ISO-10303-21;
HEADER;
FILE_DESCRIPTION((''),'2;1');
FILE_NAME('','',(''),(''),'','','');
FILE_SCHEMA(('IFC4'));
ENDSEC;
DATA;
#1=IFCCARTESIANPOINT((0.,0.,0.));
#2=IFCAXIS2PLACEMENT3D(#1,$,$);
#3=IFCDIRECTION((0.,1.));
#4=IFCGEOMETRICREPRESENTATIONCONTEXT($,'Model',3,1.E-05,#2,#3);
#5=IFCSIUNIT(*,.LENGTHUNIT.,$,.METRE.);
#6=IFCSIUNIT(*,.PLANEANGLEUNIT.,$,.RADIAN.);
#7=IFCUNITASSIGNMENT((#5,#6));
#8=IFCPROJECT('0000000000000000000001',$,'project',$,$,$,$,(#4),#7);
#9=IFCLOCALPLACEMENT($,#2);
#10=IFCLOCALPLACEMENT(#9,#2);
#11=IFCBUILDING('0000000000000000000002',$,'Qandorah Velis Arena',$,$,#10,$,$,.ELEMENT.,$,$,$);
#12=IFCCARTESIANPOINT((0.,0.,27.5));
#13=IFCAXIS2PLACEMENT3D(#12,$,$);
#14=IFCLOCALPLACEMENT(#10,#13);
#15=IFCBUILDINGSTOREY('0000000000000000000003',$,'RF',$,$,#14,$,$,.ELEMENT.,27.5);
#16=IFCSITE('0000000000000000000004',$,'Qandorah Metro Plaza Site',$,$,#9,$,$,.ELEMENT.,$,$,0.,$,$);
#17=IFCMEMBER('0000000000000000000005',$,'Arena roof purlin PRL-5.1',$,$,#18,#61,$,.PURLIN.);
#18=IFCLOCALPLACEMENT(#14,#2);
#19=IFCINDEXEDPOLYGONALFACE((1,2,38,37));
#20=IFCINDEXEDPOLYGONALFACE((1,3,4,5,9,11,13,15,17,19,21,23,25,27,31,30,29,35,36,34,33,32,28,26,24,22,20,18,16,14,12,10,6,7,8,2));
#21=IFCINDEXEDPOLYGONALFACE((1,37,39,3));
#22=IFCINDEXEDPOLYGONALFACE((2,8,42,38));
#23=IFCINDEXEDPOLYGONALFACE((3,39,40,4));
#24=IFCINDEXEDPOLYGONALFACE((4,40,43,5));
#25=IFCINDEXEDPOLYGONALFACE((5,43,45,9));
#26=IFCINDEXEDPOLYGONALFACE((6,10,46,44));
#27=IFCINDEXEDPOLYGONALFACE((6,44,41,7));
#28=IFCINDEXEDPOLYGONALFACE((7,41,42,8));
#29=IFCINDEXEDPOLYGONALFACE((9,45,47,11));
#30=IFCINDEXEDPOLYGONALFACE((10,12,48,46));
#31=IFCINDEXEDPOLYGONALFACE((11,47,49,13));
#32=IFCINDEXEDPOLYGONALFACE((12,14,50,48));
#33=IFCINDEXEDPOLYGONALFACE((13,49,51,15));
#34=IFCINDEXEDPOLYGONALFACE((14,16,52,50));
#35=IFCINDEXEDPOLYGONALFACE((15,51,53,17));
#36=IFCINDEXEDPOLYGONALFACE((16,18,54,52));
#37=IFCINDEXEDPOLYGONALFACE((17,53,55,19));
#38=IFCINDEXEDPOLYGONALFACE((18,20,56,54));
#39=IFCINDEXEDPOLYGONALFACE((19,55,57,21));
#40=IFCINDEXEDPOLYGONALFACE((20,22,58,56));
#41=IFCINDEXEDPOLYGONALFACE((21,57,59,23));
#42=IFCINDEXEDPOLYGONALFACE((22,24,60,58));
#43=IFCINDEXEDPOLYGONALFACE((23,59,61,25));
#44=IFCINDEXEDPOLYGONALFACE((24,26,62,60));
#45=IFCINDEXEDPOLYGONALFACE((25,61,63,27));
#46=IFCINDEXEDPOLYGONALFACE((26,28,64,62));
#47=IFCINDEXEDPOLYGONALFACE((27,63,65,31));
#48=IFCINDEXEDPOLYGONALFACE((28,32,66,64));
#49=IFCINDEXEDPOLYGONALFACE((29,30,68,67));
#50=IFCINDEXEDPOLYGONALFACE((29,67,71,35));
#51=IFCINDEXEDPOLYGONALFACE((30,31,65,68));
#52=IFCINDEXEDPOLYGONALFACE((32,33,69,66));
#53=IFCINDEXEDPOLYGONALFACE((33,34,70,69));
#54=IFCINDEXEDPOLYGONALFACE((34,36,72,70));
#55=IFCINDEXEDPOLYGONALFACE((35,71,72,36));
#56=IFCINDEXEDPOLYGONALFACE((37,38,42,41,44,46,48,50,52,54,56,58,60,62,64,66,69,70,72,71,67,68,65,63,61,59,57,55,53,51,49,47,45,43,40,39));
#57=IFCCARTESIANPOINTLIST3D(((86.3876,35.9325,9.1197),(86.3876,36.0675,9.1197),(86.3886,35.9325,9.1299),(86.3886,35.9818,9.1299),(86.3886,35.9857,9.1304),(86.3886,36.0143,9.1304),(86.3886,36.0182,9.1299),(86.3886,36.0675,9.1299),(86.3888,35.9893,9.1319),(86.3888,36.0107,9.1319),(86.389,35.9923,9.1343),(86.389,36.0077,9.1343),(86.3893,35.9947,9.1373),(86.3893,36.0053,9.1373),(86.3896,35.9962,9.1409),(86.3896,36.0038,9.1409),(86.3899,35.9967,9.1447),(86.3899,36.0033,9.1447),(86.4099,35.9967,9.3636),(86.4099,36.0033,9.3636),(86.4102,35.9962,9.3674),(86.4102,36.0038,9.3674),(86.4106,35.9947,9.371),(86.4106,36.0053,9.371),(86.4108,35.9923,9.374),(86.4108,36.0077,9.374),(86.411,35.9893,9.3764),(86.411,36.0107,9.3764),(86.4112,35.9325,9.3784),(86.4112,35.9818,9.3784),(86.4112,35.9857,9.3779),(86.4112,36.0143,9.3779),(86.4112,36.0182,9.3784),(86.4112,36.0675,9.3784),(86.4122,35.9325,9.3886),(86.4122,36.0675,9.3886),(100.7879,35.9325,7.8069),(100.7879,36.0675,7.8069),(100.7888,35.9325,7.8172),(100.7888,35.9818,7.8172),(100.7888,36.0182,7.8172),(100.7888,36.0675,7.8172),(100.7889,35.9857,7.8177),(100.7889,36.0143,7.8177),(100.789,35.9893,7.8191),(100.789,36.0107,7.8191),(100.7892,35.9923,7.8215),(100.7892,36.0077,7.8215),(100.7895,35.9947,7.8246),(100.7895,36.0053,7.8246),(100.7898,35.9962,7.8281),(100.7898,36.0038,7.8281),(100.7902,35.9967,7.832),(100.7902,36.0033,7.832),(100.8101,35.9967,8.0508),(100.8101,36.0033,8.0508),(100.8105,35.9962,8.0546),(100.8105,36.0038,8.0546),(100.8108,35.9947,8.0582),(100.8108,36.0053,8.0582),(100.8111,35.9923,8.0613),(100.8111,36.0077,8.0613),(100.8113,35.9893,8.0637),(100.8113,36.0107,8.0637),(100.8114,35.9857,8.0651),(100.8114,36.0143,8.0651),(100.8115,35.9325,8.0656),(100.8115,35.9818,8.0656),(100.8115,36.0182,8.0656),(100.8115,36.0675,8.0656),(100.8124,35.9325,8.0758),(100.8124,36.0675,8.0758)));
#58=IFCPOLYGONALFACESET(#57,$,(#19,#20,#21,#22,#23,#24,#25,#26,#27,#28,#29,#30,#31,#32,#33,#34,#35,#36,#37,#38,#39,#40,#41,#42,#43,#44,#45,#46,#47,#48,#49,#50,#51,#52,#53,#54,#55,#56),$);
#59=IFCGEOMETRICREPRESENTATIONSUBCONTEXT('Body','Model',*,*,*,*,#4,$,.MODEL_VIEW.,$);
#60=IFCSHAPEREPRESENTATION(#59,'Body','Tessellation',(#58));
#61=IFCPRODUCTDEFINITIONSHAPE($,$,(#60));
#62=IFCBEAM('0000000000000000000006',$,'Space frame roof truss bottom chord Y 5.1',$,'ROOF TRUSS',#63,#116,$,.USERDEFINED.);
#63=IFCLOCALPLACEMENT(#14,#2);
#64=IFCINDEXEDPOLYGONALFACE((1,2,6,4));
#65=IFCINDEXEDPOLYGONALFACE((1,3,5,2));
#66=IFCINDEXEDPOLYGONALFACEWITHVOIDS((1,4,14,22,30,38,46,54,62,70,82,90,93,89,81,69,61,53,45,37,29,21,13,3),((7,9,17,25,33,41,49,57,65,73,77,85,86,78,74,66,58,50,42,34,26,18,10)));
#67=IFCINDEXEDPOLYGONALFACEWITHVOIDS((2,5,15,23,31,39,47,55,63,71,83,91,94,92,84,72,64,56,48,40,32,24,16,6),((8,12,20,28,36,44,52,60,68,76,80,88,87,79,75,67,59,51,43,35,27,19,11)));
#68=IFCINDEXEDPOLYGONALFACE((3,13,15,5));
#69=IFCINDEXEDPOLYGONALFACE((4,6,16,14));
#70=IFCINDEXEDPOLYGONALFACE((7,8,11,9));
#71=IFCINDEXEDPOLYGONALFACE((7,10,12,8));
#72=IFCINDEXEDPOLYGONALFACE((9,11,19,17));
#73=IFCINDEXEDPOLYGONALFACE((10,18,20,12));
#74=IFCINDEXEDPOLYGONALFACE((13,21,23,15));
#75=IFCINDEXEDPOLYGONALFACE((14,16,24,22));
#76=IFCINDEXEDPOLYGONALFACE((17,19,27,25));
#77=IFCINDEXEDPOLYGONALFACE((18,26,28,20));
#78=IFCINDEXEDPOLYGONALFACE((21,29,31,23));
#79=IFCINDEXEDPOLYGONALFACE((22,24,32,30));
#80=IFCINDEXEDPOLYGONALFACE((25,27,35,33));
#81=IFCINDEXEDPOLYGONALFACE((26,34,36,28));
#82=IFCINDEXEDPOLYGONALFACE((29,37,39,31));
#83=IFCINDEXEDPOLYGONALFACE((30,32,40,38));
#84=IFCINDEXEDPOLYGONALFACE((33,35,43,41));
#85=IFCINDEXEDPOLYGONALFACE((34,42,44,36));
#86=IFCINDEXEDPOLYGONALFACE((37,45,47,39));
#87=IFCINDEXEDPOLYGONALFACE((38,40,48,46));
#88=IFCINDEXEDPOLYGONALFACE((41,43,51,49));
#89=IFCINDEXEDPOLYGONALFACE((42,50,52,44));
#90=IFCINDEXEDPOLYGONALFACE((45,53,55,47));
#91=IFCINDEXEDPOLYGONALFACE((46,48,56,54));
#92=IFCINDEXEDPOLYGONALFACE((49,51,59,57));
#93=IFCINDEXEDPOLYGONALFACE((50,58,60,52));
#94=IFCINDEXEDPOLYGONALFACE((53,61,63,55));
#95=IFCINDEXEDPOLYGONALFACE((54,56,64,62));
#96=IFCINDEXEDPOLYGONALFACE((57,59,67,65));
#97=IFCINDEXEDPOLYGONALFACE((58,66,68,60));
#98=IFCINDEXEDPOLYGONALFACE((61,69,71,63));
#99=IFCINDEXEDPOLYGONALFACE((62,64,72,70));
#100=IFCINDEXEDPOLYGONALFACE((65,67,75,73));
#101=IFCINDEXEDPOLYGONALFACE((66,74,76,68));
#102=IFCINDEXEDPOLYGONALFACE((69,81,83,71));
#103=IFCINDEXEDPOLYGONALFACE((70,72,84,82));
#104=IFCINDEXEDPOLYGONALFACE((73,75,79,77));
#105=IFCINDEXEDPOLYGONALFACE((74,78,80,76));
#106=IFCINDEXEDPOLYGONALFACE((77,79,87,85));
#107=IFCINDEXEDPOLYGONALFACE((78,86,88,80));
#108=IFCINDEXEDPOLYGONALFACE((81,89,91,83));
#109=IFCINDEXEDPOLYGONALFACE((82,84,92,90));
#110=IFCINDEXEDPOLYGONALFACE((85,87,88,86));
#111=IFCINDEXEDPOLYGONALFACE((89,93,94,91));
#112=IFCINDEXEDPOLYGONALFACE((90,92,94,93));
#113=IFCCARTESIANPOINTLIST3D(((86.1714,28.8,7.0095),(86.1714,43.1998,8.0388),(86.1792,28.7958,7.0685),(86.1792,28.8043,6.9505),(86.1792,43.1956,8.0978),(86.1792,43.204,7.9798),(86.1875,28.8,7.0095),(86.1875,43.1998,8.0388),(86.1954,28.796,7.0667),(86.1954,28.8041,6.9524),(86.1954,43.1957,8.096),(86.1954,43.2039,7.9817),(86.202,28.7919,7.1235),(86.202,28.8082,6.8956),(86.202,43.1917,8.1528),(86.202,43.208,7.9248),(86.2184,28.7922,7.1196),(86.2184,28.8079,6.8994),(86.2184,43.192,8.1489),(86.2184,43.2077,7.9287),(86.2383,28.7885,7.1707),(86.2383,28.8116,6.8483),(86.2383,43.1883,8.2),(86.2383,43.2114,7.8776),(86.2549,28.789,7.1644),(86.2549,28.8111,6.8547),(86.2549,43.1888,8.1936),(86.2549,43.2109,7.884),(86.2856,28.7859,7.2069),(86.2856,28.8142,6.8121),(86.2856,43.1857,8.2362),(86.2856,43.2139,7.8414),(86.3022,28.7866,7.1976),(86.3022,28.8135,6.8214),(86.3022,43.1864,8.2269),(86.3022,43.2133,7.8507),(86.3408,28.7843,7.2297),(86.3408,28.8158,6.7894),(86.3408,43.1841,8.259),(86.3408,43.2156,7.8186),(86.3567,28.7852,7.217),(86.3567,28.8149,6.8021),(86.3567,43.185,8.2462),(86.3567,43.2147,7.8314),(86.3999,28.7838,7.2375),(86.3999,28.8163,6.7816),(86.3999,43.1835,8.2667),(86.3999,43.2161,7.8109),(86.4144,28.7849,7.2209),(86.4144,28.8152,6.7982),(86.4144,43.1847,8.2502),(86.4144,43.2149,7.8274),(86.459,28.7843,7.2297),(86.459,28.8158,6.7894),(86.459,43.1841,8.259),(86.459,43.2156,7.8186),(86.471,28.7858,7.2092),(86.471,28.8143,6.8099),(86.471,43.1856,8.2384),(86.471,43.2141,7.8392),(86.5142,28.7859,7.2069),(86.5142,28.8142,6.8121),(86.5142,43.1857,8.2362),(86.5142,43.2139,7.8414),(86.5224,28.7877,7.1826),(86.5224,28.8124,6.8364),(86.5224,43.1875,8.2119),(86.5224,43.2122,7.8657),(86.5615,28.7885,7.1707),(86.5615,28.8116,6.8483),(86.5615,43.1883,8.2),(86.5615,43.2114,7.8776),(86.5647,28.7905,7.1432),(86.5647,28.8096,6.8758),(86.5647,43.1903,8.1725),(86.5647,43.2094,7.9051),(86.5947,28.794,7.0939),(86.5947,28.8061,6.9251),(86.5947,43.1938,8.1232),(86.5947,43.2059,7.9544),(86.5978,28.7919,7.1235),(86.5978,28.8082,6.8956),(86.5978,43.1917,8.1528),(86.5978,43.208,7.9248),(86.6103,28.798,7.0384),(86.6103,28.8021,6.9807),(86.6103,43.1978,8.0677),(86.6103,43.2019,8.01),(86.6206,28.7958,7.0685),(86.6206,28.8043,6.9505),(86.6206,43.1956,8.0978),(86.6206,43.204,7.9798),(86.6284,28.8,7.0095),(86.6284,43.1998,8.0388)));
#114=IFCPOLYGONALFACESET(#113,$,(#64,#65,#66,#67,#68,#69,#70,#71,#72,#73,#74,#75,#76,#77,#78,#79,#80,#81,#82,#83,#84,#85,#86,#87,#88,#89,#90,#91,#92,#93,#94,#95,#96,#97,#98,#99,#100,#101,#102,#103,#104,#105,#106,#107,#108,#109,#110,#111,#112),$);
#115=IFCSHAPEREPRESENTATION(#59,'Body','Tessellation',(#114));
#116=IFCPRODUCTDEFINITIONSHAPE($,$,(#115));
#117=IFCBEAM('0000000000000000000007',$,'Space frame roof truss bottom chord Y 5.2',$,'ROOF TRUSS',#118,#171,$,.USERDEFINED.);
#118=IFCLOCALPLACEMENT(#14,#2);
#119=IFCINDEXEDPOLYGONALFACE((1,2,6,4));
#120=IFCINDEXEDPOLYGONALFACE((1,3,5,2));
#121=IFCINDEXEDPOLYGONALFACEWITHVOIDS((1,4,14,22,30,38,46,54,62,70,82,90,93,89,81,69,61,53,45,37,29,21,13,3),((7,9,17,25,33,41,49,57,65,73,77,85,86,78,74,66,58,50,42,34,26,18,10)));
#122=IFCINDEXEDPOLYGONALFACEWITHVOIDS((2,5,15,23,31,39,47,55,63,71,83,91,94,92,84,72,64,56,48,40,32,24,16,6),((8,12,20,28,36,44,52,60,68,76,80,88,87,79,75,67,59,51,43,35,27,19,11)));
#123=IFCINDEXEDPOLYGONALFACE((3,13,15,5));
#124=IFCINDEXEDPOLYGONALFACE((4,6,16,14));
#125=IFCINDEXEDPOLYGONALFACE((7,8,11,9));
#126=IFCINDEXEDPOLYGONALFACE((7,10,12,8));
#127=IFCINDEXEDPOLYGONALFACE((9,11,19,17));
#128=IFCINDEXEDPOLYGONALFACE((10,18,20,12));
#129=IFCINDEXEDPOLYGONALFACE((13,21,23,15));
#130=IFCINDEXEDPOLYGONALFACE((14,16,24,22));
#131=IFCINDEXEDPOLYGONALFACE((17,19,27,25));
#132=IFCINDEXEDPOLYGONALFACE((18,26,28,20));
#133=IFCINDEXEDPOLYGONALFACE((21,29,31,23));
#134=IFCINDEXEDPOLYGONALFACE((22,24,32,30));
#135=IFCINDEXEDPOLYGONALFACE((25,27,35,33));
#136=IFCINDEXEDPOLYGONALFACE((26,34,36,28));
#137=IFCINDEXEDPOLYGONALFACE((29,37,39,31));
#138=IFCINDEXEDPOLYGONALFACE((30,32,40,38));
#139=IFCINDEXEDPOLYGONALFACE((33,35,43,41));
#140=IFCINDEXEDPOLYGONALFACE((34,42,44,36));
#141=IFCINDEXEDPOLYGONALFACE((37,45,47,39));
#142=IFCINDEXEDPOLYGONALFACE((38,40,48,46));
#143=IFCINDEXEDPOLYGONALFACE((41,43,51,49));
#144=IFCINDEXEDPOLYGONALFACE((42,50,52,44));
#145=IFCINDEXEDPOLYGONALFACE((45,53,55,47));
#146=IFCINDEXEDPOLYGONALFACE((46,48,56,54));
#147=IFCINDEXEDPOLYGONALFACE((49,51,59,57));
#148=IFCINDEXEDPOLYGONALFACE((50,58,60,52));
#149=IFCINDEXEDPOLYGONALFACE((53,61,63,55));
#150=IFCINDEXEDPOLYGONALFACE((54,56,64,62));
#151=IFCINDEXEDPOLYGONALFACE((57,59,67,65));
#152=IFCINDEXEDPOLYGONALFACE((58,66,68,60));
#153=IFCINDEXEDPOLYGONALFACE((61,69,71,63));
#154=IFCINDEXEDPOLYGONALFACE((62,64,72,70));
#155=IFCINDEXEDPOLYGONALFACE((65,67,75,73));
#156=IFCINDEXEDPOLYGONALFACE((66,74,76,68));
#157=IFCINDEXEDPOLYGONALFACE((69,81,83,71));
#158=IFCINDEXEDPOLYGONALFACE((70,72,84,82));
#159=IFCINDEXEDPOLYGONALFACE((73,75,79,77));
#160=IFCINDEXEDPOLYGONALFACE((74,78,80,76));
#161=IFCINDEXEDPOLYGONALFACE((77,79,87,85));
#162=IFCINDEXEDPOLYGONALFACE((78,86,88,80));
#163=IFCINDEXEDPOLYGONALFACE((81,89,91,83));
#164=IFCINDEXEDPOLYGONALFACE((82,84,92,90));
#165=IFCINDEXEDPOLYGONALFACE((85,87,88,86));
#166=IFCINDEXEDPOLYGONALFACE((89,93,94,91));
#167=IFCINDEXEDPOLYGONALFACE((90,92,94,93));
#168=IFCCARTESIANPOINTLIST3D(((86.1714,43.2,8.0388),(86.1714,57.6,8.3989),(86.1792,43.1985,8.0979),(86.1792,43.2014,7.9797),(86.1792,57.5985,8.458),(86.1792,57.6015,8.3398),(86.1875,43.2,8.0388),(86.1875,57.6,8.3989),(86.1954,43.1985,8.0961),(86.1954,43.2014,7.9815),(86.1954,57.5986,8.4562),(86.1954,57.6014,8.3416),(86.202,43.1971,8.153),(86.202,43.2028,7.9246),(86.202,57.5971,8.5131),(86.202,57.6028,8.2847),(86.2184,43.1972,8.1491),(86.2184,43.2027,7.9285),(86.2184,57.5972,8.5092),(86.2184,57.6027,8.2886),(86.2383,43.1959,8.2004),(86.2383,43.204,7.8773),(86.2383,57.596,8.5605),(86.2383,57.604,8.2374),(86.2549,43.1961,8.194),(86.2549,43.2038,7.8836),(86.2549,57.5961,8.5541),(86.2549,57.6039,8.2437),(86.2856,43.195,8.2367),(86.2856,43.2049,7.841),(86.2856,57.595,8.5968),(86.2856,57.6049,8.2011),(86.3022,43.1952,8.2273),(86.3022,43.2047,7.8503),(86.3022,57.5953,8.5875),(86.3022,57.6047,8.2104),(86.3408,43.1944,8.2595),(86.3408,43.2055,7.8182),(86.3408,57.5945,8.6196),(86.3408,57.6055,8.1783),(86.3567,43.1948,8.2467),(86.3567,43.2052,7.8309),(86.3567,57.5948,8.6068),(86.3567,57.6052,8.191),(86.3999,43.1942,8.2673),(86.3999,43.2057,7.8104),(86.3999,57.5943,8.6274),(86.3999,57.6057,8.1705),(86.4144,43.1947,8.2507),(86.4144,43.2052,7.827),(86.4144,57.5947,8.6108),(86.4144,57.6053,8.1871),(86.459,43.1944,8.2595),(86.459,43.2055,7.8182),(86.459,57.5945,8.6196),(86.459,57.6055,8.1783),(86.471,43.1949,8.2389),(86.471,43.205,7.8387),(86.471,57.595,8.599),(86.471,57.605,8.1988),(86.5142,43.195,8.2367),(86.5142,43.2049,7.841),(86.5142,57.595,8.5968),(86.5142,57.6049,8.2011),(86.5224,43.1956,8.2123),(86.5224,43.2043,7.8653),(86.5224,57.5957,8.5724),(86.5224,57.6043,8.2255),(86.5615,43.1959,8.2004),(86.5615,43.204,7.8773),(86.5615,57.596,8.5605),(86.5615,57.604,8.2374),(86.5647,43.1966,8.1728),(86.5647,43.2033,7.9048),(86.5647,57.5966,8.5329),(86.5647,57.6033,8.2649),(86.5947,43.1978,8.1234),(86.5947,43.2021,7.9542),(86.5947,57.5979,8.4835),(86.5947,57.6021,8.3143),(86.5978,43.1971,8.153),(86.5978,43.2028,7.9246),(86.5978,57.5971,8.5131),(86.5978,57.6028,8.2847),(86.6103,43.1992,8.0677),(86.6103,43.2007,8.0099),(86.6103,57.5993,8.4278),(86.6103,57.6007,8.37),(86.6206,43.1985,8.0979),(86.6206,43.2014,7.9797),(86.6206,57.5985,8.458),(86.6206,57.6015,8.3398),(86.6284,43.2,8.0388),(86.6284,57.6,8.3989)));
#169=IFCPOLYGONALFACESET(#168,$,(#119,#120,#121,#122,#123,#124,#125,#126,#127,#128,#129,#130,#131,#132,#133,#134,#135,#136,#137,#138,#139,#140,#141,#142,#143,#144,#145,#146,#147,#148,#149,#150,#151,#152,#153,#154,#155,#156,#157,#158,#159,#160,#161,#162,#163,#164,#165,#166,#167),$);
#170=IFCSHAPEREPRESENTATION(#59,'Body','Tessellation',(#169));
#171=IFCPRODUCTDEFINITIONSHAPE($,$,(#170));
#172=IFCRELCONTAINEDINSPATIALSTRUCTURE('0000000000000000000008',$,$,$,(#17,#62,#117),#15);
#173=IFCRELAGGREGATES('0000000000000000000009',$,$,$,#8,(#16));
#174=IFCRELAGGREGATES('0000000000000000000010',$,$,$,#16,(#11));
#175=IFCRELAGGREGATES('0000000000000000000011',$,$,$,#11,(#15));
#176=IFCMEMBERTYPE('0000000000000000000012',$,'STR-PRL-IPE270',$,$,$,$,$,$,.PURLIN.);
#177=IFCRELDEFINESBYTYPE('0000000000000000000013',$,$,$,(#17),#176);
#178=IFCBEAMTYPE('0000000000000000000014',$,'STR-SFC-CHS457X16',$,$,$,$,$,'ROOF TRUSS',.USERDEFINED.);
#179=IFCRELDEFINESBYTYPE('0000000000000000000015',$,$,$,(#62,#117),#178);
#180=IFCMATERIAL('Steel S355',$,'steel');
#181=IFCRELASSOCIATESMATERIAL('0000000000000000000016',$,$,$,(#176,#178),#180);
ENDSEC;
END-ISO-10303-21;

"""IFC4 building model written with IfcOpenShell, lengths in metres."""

from ifc_helpers import new_model, si_unit, direction, frame, origin, origin_2d, place, context, subcontext, project, spatial, hollow_circle, i_section, extrude, material, material_profile, profile_set, type_object, element, save


model = new_model("IFC4")

# Units and contexts
model_context = context("Model", 3, precision=1e-05, world=origin(), true_north=direction((0.0, 1.0)))
body_context = subcontext(model_context, "Body", "Model", "MODEL_VIEW")
ifc_project = project(units=[si_unit("LENGTHUNIT", "METRE"), si_unit("PLANEANGLEUNIT", "RADIAN")], contexts=[model_context])

# Site, building, storey
site_placement = place(None, origin())
site = spatial("IfcSite", under=ifc_project, at=site_placement, Name="Qandorah Metro Plaza Site", CompositionType="ELEMENT", RefElevation=0.0)
building_placement = place(site_placement, origin())
building = spatial("IfcBuilding", under=site, at=building_placement, Name="Qandorah Velis Arena", CompositionType="ELEMENT")
storey_placement = place(building_placement, frame((0.0, 0.0, 27.5)))
storey = spatial("IfcBuildingStorey", under=building, at=storey_placement, Name="RF", CompositionType="ELEMENT", Elevation=27.5)

# Member
ifc_material_1 = material(Name="Steel S355", Category="steel")
ifc_material_profile_1 = material_profile(ifc_material_1, i_section(OverallWidth=0.135, OverallDepth=0.27, WebThickness=0.0066, FlangeThickness=0.0103, FilletRadius=0.0149, at=origin_2d()), Name="IPE 270")
ifc_profile_set_1 = profile_set([ifc_material_profile_1], Name="Steel S355")
member_type_1 = type_object("IfcMemberType", Name="STR-PRL-IPE270", PredefinedType="PURLIN", material=ifc_profile_set_1)
member_1_placement = place(storey_placement, frame((86.3999, 36.0, 9.2542), z_axis=(0.99587, 0.0, -0.090785), x_axis=(0.0, 1.0, 0.0)))
element("IfcMember", 1, at=member_1_placement, inside=storey, type_object=member_type_1, Name="Arena roof purlin PRL-5.1", PredefinedType="PURLIN", context=body_context, shape_type="SweptSolid", body=[
    extrude(i_section(OverallWidth=0.135, OverallDepth=0.27, WebThickness=0.0066, FlangeThickness=0.0103, FilletRadius=0.0149, at=origin_2d()), origin(), (0.0, 0.0, 1.0), 14.46),
])

# Beams
ifc_material_profile_2 = material_profile(ifc_material_1, hollow_circle(Radius=0.2285, WallThickness=0.0161, at=origin_2d()), Name="CHS 457x16")
ifc_profile_set_2 = profile_set([ifc_material_profile_2], Name="Steel S355")
beam_type_1 = type_object("IfcBeamType", Name="STR-SFC-CHS457X16", ElementType="ROOF TRUSS", PredefinedType="USERDEFINED", material=ifc_profile_set_2)
beam_1_placement = place(storey_placement, frame((86.3999, 28.8, 7.0095), z_axis=(0.0, 0.997455, 0.071298), x_axis=(-1.0, 0.0, 0.0)))
element("IfcBeam", 2, at=beam_1_placement, inside=storey, type_object=beam_type_1, Name="Space frame roof truss bottom chord Y 5.1", ObjectType="ROOF TRUSS", PredefinedType="USERDEFINED", context=body_context, shape_type="SweptSolid", body=[
    extrude(hollow_circle(Radius=0.2285, WallThickness=0.0161, at=origin_2d()), origin(), (0.0, 0.0, 1.0), 14.4365),
])
beam_2_placement = place(storey_placement, frame((86.3999, 43.2, 8.0388), z_axis=(0.0, 0.999687, 0.024999), x_axis=(-1.0, 0.0, 0.0)))
element("IfcBeam", 3, at=beam_2_placement, inside=storey, type_object=beam_type_1, Name="Space frame roof truss bottom chord Y 5.2", ObjectType="ROOF TRUSS", PredefinedType="USERDEFINED", context=body_context, shape_type="SweptSolid", body=[
    extrude(hollow_circle(Radius=0.2285, WallThickness=0.0161, at=origin_2d()), origin(), (0.0, 0.0, 1.0), 14.4045),
])

save(model, "model.ifc")
